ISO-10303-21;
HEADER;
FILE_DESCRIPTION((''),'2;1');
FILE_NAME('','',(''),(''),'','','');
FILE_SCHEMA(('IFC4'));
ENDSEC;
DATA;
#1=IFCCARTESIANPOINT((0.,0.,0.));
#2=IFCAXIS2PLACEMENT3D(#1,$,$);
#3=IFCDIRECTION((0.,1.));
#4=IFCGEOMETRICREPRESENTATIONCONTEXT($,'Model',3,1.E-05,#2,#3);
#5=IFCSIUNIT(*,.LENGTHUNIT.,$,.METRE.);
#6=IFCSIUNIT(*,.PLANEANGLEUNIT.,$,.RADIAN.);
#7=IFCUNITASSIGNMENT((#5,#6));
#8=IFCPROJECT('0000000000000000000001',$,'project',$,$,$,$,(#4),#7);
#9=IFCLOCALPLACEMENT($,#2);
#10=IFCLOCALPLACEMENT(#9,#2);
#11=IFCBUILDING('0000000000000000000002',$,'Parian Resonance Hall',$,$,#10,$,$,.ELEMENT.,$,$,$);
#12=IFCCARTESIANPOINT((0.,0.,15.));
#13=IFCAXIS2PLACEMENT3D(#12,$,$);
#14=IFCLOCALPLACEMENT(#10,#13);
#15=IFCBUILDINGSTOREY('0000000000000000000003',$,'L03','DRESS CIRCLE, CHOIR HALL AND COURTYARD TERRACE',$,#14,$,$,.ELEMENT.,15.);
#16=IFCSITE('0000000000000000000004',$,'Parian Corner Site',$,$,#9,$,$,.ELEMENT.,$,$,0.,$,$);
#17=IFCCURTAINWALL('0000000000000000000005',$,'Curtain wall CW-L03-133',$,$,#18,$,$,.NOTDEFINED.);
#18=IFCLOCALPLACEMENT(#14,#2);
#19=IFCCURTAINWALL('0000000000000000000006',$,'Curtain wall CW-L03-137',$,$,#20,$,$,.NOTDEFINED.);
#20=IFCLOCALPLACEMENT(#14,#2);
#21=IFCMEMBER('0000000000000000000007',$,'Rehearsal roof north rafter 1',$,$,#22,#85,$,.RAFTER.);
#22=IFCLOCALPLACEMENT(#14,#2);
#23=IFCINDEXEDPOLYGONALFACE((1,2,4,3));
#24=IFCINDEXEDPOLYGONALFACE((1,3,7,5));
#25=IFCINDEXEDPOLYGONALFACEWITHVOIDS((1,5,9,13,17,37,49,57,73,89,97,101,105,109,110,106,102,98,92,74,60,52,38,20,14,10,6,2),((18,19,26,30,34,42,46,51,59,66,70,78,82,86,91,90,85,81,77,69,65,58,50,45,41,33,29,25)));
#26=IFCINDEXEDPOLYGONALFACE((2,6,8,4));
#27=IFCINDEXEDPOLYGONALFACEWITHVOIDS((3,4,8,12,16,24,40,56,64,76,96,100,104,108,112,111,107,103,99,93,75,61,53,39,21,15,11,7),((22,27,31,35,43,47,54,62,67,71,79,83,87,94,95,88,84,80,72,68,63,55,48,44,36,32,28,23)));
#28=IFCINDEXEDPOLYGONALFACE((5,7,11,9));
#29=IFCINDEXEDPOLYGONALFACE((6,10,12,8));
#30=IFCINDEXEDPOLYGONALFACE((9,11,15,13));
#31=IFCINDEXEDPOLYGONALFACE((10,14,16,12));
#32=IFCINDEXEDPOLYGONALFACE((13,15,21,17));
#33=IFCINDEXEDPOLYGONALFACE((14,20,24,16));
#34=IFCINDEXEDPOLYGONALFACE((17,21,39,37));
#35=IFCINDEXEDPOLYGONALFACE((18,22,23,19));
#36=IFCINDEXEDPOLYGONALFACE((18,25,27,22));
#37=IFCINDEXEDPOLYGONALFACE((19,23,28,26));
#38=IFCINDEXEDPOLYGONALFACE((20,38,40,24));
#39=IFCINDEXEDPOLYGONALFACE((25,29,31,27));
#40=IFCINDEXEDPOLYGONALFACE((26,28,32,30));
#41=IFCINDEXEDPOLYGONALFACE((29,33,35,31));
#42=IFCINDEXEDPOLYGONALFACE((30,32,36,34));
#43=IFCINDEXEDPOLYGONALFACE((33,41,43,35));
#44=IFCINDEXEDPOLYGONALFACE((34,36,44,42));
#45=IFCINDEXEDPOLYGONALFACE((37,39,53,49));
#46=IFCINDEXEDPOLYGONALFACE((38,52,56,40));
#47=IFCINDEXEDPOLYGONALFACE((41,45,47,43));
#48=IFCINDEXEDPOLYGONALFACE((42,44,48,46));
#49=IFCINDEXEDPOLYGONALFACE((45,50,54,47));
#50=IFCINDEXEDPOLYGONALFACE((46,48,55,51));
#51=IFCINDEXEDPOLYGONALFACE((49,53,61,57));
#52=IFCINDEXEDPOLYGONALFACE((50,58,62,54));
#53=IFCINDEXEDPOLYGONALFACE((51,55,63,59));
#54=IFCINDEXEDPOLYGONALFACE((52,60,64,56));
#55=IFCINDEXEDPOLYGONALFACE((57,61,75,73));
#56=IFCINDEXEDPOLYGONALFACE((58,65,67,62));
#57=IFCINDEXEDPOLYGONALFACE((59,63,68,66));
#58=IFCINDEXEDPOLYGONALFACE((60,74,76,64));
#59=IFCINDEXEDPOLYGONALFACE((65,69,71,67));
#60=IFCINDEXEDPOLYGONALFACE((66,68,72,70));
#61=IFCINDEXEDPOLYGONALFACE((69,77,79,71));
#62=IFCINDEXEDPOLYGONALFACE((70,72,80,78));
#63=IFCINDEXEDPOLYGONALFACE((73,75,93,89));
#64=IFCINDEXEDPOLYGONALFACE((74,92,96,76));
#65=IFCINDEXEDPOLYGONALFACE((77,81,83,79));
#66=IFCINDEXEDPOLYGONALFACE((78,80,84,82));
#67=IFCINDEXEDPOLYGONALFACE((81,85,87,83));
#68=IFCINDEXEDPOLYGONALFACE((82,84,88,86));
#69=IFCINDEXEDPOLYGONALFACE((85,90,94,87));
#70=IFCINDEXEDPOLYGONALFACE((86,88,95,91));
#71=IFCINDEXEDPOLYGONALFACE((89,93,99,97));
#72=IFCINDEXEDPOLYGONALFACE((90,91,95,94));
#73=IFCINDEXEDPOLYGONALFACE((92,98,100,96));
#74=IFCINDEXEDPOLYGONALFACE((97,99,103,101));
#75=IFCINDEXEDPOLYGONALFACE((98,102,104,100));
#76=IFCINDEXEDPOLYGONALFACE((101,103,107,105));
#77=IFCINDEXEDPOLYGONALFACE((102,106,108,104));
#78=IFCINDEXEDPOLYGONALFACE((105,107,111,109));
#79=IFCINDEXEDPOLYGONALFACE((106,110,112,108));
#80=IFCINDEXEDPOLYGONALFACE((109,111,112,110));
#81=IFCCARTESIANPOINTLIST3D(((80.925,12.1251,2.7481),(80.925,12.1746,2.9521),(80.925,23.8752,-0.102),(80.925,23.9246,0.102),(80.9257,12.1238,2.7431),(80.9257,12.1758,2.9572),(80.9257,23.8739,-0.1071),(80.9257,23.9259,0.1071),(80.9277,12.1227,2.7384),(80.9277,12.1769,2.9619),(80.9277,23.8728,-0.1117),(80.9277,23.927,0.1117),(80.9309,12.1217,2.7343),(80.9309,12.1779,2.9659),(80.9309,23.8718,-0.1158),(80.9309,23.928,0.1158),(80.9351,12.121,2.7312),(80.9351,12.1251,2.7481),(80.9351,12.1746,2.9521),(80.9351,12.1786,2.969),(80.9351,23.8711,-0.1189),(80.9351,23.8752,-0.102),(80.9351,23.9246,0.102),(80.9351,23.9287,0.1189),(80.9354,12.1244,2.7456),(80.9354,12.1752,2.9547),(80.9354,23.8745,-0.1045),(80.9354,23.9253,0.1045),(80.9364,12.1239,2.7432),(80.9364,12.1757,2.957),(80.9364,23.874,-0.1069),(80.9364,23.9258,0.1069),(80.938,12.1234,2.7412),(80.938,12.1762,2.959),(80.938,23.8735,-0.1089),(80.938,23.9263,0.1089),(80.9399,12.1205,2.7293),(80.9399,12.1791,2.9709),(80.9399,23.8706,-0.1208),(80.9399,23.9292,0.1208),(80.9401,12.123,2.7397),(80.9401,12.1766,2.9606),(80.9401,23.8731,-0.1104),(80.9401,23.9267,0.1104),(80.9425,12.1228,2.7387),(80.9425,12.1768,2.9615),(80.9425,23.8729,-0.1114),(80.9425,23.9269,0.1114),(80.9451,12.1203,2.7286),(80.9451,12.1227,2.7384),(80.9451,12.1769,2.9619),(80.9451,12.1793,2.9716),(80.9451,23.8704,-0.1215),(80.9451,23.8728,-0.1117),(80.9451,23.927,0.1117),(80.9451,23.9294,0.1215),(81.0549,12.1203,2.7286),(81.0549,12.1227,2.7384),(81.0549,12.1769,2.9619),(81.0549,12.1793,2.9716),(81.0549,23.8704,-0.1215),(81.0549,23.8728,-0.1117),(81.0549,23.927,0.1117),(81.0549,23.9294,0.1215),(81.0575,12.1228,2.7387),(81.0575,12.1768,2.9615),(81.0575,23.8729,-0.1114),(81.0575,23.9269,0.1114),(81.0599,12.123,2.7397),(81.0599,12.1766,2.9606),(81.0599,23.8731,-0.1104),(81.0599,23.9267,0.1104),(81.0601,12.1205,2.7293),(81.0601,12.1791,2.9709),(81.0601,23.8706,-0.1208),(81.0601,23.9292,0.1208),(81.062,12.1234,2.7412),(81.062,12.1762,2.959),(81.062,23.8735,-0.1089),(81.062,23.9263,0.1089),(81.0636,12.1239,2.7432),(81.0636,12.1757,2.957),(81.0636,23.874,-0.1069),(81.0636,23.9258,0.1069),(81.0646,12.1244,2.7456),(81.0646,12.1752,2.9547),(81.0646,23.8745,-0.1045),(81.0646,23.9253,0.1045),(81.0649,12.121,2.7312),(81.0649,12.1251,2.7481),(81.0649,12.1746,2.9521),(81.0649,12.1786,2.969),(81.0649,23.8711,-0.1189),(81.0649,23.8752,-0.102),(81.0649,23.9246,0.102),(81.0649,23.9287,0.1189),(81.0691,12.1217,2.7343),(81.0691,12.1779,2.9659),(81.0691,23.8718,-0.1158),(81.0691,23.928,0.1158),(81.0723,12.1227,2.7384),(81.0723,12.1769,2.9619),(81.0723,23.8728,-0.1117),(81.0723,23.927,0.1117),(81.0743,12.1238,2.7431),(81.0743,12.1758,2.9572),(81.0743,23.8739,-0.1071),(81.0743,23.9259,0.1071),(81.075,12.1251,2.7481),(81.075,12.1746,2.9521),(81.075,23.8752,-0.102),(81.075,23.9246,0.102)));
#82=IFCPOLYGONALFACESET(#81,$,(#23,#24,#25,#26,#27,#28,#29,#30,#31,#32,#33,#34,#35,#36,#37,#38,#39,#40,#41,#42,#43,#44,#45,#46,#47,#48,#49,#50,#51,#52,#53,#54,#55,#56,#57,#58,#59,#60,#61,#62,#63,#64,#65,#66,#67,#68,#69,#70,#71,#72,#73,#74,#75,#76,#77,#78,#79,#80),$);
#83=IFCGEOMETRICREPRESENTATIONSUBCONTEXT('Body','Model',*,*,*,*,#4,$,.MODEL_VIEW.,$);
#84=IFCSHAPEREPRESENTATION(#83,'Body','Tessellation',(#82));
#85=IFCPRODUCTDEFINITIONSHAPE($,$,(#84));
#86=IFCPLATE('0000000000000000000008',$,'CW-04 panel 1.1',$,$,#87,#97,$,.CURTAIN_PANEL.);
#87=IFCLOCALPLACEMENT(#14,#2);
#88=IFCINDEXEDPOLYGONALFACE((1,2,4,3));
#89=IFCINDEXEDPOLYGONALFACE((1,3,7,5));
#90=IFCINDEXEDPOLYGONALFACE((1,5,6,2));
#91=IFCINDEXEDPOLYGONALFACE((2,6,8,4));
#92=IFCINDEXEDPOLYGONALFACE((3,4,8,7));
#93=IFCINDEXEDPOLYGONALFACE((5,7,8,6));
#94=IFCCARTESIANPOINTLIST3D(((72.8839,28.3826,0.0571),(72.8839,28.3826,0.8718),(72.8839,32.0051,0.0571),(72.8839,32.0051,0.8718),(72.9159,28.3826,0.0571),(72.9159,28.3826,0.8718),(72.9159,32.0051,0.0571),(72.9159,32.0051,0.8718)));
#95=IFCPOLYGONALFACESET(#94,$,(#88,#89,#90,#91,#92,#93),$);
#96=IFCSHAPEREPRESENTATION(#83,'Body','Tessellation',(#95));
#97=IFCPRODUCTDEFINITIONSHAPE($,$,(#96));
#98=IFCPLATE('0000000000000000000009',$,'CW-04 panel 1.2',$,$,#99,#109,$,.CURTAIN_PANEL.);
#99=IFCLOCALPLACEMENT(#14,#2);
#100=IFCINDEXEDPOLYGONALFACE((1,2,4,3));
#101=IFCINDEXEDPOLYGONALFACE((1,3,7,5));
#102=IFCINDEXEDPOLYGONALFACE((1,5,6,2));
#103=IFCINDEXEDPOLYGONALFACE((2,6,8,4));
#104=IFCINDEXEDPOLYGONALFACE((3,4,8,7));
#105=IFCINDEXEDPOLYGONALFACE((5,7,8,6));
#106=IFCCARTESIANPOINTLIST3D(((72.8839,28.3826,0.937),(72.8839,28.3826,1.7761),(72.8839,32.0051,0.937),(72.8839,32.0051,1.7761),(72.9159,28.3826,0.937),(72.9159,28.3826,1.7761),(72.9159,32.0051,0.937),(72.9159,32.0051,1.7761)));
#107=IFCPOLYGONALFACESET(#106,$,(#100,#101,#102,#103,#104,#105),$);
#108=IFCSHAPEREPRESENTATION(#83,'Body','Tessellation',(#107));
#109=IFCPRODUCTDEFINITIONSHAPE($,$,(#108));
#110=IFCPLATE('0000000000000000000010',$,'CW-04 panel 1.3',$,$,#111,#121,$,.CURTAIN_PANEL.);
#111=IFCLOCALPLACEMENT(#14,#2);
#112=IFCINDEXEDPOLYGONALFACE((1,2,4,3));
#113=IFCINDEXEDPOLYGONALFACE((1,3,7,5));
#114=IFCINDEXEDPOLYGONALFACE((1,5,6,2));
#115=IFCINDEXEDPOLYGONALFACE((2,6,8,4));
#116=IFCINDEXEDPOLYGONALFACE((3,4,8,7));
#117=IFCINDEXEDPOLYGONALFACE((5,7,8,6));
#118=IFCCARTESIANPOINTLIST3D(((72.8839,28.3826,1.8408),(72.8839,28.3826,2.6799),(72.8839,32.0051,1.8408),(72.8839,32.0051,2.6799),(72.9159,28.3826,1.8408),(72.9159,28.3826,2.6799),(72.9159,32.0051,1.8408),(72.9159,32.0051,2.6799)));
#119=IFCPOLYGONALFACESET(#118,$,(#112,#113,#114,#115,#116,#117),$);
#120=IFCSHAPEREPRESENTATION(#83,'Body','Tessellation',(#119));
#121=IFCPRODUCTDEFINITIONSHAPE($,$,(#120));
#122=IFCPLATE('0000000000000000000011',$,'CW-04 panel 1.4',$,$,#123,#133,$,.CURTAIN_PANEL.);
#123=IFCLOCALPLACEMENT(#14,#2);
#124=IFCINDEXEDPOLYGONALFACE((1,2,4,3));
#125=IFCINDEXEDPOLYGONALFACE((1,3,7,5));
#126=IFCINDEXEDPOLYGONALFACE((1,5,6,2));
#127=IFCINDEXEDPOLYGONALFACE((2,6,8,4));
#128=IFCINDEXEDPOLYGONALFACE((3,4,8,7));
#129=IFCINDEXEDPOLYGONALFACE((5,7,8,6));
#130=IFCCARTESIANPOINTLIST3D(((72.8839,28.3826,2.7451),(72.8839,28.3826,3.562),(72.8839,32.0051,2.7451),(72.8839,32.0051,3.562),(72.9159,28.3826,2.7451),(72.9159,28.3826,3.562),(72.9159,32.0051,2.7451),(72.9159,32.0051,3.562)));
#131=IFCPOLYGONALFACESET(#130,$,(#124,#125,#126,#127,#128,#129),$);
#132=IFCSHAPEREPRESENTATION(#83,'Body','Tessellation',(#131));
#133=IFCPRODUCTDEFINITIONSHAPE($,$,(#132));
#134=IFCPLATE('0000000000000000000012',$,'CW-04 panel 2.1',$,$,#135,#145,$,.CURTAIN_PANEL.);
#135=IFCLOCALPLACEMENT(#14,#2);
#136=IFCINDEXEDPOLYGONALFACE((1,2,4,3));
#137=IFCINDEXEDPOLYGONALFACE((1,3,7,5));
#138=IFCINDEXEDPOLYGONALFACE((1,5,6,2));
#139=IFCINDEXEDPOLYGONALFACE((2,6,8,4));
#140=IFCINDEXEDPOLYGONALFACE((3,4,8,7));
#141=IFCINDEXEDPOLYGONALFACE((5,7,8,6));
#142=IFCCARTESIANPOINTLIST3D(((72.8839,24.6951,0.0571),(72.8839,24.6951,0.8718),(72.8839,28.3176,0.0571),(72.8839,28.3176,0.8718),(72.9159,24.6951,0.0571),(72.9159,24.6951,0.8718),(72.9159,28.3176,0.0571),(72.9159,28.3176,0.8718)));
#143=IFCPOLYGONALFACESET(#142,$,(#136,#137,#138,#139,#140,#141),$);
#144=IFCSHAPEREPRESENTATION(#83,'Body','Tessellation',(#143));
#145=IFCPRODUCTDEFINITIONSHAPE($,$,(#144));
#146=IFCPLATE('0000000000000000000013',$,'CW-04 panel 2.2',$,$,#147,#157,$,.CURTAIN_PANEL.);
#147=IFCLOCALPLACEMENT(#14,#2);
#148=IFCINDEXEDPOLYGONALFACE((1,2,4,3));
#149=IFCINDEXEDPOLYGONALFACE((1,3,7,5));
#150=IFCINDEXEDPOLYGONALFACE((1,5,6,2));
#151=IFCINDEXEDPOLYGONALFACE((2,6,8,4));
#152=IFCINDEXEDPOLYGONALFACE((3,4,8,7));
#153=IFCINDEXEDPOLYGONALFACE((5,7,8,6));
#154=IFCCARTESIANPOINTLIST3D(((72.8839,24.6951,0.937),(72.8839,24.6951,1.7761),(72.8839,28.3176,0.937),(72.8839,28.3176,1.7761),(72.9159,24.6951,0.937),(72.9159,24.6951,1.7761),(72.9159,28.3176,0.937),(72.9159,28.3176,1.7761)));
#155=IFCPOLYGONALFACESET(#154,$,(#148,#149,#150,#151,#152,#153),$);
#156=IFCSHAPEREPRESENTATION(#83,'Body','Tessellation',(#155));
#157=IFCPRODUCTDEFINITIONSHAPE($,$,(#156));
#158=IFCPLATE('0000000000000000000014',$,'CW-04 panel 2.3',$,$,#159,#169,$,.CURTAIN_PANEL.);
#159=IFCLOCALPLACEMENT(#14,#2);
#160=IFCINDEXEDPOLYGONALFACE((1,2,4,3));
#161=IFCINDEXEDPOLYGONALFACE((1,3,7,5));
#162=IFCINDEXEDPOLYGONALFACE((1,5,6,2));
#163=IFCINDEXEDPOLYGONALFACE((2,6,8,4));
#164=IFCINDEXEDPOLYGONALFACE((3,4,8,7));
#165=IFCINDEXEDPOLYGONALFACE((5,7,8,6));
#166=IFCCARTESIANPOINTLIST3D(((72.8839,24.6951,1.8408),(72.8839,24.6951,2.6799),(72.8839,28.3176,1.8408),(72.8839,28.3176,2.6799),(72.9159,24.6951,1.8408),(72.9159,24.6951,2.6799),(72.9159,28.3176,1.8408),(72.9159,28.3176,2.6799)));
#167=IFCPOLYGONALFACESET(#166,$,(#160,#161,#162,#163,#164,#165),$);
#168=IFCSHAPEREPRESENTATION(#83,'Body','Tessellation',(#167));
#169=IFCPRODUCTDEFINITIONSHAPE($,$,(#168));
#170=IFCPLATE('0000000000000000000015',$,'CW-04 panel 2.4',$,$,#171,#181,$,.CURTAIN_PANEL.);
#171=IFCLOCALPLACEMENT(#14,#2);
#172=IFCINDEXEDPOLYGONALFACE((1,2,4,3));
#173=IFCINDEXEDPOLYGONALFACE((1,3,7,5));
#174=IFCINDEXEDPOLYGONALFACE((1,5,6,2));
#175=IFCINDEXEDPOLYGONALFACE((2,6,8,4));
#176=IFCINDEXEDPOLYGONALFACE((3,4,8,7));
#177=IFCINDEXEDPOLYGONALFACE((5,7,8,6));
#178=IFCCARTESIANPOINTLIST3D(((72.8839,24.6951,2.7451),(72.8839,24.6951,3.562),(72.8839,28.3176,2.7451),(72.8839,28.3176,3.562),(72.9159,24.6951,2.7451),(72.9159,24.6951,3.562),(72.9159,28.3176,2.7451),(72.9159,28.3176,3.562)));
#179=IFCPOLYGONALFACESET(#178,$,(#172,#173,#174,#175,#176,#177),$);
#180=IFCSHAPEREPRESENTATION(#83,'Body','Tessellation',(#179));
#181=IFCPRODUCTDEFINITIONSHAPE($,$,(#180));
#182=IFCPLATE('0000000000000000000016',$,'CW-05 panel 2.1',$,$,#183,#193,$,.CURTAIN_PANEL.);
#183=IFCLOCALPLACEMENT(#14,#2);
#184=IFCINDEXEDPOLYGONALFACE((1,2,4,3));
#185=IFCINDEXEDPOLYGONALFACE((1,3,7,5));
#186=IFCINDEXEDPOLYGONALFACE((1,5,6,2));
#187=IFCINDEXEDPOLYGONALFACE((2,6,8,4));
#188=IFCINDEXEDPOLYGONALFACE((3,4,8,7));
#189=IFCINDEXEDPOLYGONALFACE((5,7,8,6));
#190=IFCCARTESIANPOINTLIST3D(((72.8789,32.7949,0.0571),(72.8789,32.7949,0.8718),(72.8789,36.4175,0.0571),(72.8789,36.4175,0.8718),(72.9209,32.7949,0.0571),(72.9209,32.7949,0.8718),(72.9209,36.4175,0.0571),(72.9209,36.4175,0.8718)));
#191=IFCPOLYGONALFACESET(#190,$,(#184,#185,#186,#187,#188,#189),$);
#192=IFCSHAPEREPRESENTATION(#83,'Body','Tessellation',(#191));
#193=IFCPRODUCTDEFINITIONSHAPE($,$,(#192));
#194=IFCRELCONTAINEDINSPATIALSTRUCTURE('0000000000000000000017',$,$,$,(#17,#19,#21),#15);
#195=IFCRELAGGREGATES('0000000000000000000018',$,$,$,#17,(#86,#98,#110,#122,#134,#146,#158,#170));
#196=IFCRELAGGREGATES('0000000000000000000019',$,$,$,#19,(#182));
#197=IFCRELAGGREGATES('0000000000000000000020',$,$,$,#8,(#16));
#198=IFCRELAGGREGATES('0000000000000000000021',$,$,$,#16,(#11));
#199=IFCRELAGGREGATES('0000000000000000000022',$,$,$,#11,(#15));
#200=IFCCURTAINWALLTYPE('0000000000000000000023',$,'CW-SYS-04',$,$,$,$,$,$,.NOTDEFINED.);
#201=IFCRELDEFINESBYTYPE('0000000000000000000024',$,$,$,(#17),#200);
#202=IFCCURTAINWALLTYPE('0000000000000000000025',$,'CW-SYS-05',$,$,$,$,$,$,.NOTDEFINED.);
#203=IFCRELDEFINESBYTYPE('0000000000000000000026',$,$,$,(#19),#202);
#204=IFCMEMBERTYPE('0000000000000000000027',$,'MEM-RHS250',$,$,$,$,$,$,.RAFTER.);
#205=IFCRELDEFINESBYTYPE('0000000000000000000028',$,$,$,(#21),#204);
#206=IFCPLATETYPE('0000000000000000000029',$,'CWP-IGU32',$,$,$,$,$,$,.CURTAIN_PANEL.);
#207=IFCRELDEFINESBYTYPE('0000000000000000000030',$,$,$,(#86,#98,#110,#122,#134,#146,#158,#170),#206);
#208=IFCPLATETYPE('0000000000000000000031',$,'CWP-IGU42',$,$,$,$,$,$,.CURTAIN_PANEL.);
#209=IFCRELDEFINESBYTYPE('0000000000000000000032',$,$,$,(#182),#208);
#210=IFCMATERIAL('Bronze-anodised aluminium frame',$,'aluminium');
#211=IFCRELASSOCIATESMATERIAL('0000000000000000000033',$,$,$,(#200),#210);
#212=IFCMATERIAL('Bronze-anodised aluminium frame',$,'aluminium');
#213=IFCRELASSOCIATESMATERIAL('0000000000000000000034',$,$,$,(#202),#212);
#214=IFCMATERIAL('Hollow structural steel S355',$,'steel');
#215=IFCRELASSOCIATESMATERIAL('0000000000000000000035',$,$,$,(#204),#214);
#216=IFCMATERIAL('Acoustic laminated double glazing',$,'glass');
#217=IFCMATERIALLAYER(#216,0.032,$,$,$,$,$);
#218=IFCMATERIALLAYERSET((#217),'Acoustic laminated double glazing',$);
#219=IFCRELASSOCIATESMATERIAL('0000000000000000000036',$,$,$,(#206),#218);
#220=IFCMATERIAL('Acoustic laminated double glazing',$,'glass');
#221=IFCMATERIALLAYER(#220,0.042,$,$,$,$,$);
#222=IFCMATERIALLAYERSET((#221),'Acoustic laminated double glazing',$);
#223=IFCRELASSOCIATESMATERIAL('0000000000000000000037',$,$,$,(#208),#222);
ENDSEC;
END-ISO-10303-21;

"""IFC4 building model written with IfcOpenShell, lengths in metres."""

from ifc_helpers import new_model, si_unit, direction, frame, origin, origin_2d, place, context, subcontext, project, spatial, rectangle, hollow_rectangle, extrude, material, layer, layer_set, material_profile, profile_set, type_object, element, aggregate, save


model = new_model("IFC4")

# Units and contexts
model_context = context("Model", 3, precision=1e-05, world=origin(), true_north=direction((0.0, 1.0)))
body_context = subcontext(model_context, "Body", "Model", "MODEL_VIEW")
ifc_project = project(units=[si_unit("LENGTHUNIT", "METRE"), si_unit("PLANEANGLEUNIT", "RADIAN")], contexts=[model_context])

# Site, building, storey
site_placement = place(None, origin())
site = spatial("IfcSite", under=ifc_project, at=site_placement, Name="Parian Corner Site", CompositionType="ELEMENT", RefElevation=0.0)
building_placement = place(site_placement, origin())
building = spatial("IfcBuilding", under=site, at=building_placement, Name="Parian Resonance Hall", CompositionType="ELEMENT")
storey_placement = place(building_placement, frame((0.0, 0.0, 15.0)))
storey = spatial("IfcBuildingStorey", under=building, at=storey_placement, Name="L03", Description="DRESS CIRCLE, CHOIR HALL AND COURTYARD TERRACE", CompositionType="ELEMENT", Elevation=15.0)

# Curtain wall
ifc_material_1 = material(Name="Bronze-anodised aluminium frame", Category="aluminium")
curtain_wall_type_1 = type_object("IfcCurtainWallType", Name="CW-SYS-04", PredefinedType="NOTDEFINED", material=ifc_material_1)
curtain_wall_1_placement = place(storey_placement, origin())
curtain_wall_1 = element("IfcCurtainWall", 1, at=curtain_wall_1_placement, inside=storey, type_object=curtain_wall_type_1, Name="Curtain wall CW-L03-133", PredefinedType="NOTDEFINED")

# Curtain wall
ifc_material_2 = material(Name="Bronze-anodised aluminium frame", Category="aluminium")
curtain_wall_type_2 = type_object("IfcCurtainWallType", Name="CW-SYS-05", PredefinedType="NOTDEFINED", material=ifc_material_2)
curtain_wall_2_placement = place(storey_placement, origin())
curtain_wall_2 = element("IfcCurtainWall", 2, at=curtain_wall_2_placement, inside=storey, type_object=curtain_wall_type_2, Name="Curtain wall CW-L03-137", PredefinedType="NOTDEFINED")

# Member
ifc_material_3 = material(Name="Hollow structural steel S355", Category="steel")
ifc_material_profile_1 = material_profile(ifc_material_3, hollow_rectangle(XDim=0.1499, YDim=0.25, WallThickness=0.01, InnerFilletRadius=0.01, OuterFilletRadius=0.02, at=origin_2d()), Name="RHS250x150x10")
ifc_profile_set_1 = profile_set([ifc_material_profile_1], Name="Hollow structural steel S355")
member_type_1 = type_object("IfcMemberType", Name="MEM-RHS250", PredefinedType="RAFTER", material=ifc_profile_set_1)
member_1_placement = place(storey_placement, frame((81.0, 23.8999, 0.0), z_axis=(0.0, -0.97182, 0.235726), x_axis=(1.0, 0.0, 0.0)))
element("IfcMember", 3, at=member_1_placement, inside=storey, type_object=member_type_1, Name="Rehearsal roof north rafter 1", PredefinedType="RAFTER", context=body_context, shape_type="SweptSolid", body=[
    extrude(hollow_rectangle(XDim=0.1499, YDim=0.25, WallThickness=0.01, InnerFilletRadius=0.01, OuterFilletRadius=0.02, at=origin_2d()), origin(), (0.0, 0.0, 1.0), 12.0908),
])

# Plates
ifc_material_4 = material(Name="Acoustic laminated double glazing", Category="glass")
ifc_layer_1 = layer(ifc_material_4, 0.032)
ifc_layer_set_1 = layer_set([ifc_layer_1], Name="Acoustic laminated double glazing")
plate_type_1 = type_object("IfcPlateType", Name="CWP-IGU32", PredefinedType="CURTAIN_PANEL", material=ifc_layer_set_1)
plate_1_placement = place(storey_placement, frame((72.8999, 30.1938, 0.0571), z_axis=(0.0, 0.0, 1.0), x_axis=(0.0, -1.0, 0.0)))
plate_1 = element("IfcPlate", 4, at=plate_1_placement, type_object=plate_type_1, Name="CW-04 panel 1.1", PredefinedType="CURTAIN_PANEL", context=body_context, shape_type="SweptSolid", body=[
    extrude(rectangle(XDim=3.6226, YDim=0.032, at=origin_2d()), origin(), (0.0, 0.0, 1.0), 0.8147),
])
plate_2_placement = place(storey_placement, frame((72.8999, 30.1938, 0.937), z_axis=(0.0, 0.0, 1.0), x_axis=(0.0, -1.0, 0.0)))
plate_2 = element("IfcPlate", 5, at=plate_2_placement, type_object=plate_type_1, Name="CW-04 panel 1.2", PredefinedType="CURTAIN_PANEL", context=body_context, shape_type="SweptSolid", body=[
    extrude(rectangle(XDim=3.6226, YDim=0.032, at=origin_2d()), origin(), (0.0, 0.0, 1.0), 0.8391),
])
plate_3_placement = place(storey_placement, frame((72.8999, 30.1938, 1.8408), z_axis=(0.0, 0.0, 1.0), x_axis=(0.0, -1.0, 0.0)))
plate_3 = element("IfcPlate", 6, at=plate_3_placement, type_object=plate_type_1, Name="CW-04 panel 1.3", PredefinedType="CURTAIN_PANEL", context=body_context, shape_type="SweptSolid", body=[
    extrude(rectangle(XDim=3.6226, YDim=0.032, at=origin_2d()), origin(), (0.0, 0.0, 1.0), 0.8391),
])
plate_4_placement = place(storey_placement, frame((72.8999, 30.1938, 2.7451), z_axis=(0.0, 0.0, 1.0), x_axis=(0.0, -1.0, 0.0)))
plate_4 = element("IfcPlate", 7, at=plate_4_placement, type_object=plate_type_1, Name="CW-04 panel 1.4", PredefinedType="CURTAIN_PANEL", context=body_context, shape_type="SweptSolid", body=[
    extrude(rectangle(XDim=3.6226, YDim=0.032, at=origin_2d()), origin(), (0.0, 0.0, 1.0), 0.8169),
])
plate_5_placement = place(storey_placement, frame((72.8999, 26.5063, 0.0571), z_axis=(0.0, 0.0, 1.0), x_axis=(0.0, -1.0, 0.0)))
plate_5 = element("IfcPlate", 8, at=plate_5_placement, type_object=plate_type_1, Name="CW-04 panel 2.1", PredefinedType="CURTAIN_PANEL", context=body_context, shape_type="SweptSolid", body=[
    extrude(rectangle(XDim=3.6226, YDim=0.032, at=origin_2d()), origin(), (0.0, 0.0, 1.0), 0.8147),
])
plate_6_placement = place(storey_placement, frame((72.8999, 26.5063, 0.937), z_axis=(0.0, 0.0, 1.0), x_axis=(0.0, -1.0, 0.0)))
plate_6 = element("IfcPlate", 9, at=plate_6_placement, type_object=plate_type_1, Name="CW-04 panel 2.2", PredefinedType="CURTAIN_PANEL", context=body_context, shape_type="SweptSolid", body=[
    extrude(rectangle(XDim=3.6226, YDim=0.032, at=origin_2d()), origin(), (0.0, 0.0, 1.0), 0.8391),
])
plate_7_placement = place(storey_placement, frame((72.8999, 26.5063, 1.8408), z_axis=(0.0, 0.0, 1.0), x_axis=(0.0, -1.0, 0.0)))
plate_7 = element("IfcPlate", 10, at=plate_7_placement, type_object=plate_type_1, Name="CW-04 panel 2.3", PredefinedType="CURTAIN_PANEL", context=body_context, shape_type="SweptSolid", body=[
    extrude(rectangle(XDim=3.6226, YDim=0.032, at=origin_2d()), origin(), (0.0, 0.0, 1.0), 0.8391),
])
plate_8_placement = place(storey_placement, frame((72.8999, 26.5063, 2.7451), z_axis=(0.0, 0.0, 1.0), x_axis=(0.0, -1.0, 0.0)))
plate_8 = element("IfcPlate", 11, at=plate_8_placement, type_object=plate_type_1, Name="CW-04 panel 2.4", PredefinedType="CURTAIN_PANEL", context=body_context, shape_type="SweptSolid", body=[
    extrude(rectangle(XDim=3.6226, YDim=0.032, at=origin_2d()), origin(), (0.0, 0.0, 1.0), 0.8169),
])
aggregate(curtain_wall_1, [plate_1, plate_2, plate_3, plate_4, plate_5, plate_6, plate_7, plate_8])
ifc_material_5 = material(Name="Acoustic laminated double glazing", Category="glass")
ifc_layer_2 = layer(ifc_material_5, 0.042)
ifc_layer_set_2 = layer_set([ifc_layer_2], Name="Acoustic laminated double glazing")
plate_type_2 = type_object("IfcPlateType", Name="CWP-IGU42", PredefinedType="CURTAIN_PANEL", material=ifc_layer_set_2)
plate_9_placement = place(storey_placement, frame((72.8999, 34.6062, 0.0571), z_axis=(0.0, 0.0, 1.0), x_axis=(0.0, -1.0, 0.0)))
plate_9 = element("IfcPlate", 12, at=plate_9_placement, type_object=plate_type_2, Name="CW-05 panel 2.1", PredefinedType="CURTAIN_PANEL", context=body_context, shape_type="SweptSolid", body=[
    extrude(rectangle(XDim=3.6226, YDim=0.042, at=origin_2d()), origin(), (0.0, 0.0, 1.0), 0.8147),
])
aggregate(curtain_wall_2, [plate_9])

save(model, "model.ifc")
